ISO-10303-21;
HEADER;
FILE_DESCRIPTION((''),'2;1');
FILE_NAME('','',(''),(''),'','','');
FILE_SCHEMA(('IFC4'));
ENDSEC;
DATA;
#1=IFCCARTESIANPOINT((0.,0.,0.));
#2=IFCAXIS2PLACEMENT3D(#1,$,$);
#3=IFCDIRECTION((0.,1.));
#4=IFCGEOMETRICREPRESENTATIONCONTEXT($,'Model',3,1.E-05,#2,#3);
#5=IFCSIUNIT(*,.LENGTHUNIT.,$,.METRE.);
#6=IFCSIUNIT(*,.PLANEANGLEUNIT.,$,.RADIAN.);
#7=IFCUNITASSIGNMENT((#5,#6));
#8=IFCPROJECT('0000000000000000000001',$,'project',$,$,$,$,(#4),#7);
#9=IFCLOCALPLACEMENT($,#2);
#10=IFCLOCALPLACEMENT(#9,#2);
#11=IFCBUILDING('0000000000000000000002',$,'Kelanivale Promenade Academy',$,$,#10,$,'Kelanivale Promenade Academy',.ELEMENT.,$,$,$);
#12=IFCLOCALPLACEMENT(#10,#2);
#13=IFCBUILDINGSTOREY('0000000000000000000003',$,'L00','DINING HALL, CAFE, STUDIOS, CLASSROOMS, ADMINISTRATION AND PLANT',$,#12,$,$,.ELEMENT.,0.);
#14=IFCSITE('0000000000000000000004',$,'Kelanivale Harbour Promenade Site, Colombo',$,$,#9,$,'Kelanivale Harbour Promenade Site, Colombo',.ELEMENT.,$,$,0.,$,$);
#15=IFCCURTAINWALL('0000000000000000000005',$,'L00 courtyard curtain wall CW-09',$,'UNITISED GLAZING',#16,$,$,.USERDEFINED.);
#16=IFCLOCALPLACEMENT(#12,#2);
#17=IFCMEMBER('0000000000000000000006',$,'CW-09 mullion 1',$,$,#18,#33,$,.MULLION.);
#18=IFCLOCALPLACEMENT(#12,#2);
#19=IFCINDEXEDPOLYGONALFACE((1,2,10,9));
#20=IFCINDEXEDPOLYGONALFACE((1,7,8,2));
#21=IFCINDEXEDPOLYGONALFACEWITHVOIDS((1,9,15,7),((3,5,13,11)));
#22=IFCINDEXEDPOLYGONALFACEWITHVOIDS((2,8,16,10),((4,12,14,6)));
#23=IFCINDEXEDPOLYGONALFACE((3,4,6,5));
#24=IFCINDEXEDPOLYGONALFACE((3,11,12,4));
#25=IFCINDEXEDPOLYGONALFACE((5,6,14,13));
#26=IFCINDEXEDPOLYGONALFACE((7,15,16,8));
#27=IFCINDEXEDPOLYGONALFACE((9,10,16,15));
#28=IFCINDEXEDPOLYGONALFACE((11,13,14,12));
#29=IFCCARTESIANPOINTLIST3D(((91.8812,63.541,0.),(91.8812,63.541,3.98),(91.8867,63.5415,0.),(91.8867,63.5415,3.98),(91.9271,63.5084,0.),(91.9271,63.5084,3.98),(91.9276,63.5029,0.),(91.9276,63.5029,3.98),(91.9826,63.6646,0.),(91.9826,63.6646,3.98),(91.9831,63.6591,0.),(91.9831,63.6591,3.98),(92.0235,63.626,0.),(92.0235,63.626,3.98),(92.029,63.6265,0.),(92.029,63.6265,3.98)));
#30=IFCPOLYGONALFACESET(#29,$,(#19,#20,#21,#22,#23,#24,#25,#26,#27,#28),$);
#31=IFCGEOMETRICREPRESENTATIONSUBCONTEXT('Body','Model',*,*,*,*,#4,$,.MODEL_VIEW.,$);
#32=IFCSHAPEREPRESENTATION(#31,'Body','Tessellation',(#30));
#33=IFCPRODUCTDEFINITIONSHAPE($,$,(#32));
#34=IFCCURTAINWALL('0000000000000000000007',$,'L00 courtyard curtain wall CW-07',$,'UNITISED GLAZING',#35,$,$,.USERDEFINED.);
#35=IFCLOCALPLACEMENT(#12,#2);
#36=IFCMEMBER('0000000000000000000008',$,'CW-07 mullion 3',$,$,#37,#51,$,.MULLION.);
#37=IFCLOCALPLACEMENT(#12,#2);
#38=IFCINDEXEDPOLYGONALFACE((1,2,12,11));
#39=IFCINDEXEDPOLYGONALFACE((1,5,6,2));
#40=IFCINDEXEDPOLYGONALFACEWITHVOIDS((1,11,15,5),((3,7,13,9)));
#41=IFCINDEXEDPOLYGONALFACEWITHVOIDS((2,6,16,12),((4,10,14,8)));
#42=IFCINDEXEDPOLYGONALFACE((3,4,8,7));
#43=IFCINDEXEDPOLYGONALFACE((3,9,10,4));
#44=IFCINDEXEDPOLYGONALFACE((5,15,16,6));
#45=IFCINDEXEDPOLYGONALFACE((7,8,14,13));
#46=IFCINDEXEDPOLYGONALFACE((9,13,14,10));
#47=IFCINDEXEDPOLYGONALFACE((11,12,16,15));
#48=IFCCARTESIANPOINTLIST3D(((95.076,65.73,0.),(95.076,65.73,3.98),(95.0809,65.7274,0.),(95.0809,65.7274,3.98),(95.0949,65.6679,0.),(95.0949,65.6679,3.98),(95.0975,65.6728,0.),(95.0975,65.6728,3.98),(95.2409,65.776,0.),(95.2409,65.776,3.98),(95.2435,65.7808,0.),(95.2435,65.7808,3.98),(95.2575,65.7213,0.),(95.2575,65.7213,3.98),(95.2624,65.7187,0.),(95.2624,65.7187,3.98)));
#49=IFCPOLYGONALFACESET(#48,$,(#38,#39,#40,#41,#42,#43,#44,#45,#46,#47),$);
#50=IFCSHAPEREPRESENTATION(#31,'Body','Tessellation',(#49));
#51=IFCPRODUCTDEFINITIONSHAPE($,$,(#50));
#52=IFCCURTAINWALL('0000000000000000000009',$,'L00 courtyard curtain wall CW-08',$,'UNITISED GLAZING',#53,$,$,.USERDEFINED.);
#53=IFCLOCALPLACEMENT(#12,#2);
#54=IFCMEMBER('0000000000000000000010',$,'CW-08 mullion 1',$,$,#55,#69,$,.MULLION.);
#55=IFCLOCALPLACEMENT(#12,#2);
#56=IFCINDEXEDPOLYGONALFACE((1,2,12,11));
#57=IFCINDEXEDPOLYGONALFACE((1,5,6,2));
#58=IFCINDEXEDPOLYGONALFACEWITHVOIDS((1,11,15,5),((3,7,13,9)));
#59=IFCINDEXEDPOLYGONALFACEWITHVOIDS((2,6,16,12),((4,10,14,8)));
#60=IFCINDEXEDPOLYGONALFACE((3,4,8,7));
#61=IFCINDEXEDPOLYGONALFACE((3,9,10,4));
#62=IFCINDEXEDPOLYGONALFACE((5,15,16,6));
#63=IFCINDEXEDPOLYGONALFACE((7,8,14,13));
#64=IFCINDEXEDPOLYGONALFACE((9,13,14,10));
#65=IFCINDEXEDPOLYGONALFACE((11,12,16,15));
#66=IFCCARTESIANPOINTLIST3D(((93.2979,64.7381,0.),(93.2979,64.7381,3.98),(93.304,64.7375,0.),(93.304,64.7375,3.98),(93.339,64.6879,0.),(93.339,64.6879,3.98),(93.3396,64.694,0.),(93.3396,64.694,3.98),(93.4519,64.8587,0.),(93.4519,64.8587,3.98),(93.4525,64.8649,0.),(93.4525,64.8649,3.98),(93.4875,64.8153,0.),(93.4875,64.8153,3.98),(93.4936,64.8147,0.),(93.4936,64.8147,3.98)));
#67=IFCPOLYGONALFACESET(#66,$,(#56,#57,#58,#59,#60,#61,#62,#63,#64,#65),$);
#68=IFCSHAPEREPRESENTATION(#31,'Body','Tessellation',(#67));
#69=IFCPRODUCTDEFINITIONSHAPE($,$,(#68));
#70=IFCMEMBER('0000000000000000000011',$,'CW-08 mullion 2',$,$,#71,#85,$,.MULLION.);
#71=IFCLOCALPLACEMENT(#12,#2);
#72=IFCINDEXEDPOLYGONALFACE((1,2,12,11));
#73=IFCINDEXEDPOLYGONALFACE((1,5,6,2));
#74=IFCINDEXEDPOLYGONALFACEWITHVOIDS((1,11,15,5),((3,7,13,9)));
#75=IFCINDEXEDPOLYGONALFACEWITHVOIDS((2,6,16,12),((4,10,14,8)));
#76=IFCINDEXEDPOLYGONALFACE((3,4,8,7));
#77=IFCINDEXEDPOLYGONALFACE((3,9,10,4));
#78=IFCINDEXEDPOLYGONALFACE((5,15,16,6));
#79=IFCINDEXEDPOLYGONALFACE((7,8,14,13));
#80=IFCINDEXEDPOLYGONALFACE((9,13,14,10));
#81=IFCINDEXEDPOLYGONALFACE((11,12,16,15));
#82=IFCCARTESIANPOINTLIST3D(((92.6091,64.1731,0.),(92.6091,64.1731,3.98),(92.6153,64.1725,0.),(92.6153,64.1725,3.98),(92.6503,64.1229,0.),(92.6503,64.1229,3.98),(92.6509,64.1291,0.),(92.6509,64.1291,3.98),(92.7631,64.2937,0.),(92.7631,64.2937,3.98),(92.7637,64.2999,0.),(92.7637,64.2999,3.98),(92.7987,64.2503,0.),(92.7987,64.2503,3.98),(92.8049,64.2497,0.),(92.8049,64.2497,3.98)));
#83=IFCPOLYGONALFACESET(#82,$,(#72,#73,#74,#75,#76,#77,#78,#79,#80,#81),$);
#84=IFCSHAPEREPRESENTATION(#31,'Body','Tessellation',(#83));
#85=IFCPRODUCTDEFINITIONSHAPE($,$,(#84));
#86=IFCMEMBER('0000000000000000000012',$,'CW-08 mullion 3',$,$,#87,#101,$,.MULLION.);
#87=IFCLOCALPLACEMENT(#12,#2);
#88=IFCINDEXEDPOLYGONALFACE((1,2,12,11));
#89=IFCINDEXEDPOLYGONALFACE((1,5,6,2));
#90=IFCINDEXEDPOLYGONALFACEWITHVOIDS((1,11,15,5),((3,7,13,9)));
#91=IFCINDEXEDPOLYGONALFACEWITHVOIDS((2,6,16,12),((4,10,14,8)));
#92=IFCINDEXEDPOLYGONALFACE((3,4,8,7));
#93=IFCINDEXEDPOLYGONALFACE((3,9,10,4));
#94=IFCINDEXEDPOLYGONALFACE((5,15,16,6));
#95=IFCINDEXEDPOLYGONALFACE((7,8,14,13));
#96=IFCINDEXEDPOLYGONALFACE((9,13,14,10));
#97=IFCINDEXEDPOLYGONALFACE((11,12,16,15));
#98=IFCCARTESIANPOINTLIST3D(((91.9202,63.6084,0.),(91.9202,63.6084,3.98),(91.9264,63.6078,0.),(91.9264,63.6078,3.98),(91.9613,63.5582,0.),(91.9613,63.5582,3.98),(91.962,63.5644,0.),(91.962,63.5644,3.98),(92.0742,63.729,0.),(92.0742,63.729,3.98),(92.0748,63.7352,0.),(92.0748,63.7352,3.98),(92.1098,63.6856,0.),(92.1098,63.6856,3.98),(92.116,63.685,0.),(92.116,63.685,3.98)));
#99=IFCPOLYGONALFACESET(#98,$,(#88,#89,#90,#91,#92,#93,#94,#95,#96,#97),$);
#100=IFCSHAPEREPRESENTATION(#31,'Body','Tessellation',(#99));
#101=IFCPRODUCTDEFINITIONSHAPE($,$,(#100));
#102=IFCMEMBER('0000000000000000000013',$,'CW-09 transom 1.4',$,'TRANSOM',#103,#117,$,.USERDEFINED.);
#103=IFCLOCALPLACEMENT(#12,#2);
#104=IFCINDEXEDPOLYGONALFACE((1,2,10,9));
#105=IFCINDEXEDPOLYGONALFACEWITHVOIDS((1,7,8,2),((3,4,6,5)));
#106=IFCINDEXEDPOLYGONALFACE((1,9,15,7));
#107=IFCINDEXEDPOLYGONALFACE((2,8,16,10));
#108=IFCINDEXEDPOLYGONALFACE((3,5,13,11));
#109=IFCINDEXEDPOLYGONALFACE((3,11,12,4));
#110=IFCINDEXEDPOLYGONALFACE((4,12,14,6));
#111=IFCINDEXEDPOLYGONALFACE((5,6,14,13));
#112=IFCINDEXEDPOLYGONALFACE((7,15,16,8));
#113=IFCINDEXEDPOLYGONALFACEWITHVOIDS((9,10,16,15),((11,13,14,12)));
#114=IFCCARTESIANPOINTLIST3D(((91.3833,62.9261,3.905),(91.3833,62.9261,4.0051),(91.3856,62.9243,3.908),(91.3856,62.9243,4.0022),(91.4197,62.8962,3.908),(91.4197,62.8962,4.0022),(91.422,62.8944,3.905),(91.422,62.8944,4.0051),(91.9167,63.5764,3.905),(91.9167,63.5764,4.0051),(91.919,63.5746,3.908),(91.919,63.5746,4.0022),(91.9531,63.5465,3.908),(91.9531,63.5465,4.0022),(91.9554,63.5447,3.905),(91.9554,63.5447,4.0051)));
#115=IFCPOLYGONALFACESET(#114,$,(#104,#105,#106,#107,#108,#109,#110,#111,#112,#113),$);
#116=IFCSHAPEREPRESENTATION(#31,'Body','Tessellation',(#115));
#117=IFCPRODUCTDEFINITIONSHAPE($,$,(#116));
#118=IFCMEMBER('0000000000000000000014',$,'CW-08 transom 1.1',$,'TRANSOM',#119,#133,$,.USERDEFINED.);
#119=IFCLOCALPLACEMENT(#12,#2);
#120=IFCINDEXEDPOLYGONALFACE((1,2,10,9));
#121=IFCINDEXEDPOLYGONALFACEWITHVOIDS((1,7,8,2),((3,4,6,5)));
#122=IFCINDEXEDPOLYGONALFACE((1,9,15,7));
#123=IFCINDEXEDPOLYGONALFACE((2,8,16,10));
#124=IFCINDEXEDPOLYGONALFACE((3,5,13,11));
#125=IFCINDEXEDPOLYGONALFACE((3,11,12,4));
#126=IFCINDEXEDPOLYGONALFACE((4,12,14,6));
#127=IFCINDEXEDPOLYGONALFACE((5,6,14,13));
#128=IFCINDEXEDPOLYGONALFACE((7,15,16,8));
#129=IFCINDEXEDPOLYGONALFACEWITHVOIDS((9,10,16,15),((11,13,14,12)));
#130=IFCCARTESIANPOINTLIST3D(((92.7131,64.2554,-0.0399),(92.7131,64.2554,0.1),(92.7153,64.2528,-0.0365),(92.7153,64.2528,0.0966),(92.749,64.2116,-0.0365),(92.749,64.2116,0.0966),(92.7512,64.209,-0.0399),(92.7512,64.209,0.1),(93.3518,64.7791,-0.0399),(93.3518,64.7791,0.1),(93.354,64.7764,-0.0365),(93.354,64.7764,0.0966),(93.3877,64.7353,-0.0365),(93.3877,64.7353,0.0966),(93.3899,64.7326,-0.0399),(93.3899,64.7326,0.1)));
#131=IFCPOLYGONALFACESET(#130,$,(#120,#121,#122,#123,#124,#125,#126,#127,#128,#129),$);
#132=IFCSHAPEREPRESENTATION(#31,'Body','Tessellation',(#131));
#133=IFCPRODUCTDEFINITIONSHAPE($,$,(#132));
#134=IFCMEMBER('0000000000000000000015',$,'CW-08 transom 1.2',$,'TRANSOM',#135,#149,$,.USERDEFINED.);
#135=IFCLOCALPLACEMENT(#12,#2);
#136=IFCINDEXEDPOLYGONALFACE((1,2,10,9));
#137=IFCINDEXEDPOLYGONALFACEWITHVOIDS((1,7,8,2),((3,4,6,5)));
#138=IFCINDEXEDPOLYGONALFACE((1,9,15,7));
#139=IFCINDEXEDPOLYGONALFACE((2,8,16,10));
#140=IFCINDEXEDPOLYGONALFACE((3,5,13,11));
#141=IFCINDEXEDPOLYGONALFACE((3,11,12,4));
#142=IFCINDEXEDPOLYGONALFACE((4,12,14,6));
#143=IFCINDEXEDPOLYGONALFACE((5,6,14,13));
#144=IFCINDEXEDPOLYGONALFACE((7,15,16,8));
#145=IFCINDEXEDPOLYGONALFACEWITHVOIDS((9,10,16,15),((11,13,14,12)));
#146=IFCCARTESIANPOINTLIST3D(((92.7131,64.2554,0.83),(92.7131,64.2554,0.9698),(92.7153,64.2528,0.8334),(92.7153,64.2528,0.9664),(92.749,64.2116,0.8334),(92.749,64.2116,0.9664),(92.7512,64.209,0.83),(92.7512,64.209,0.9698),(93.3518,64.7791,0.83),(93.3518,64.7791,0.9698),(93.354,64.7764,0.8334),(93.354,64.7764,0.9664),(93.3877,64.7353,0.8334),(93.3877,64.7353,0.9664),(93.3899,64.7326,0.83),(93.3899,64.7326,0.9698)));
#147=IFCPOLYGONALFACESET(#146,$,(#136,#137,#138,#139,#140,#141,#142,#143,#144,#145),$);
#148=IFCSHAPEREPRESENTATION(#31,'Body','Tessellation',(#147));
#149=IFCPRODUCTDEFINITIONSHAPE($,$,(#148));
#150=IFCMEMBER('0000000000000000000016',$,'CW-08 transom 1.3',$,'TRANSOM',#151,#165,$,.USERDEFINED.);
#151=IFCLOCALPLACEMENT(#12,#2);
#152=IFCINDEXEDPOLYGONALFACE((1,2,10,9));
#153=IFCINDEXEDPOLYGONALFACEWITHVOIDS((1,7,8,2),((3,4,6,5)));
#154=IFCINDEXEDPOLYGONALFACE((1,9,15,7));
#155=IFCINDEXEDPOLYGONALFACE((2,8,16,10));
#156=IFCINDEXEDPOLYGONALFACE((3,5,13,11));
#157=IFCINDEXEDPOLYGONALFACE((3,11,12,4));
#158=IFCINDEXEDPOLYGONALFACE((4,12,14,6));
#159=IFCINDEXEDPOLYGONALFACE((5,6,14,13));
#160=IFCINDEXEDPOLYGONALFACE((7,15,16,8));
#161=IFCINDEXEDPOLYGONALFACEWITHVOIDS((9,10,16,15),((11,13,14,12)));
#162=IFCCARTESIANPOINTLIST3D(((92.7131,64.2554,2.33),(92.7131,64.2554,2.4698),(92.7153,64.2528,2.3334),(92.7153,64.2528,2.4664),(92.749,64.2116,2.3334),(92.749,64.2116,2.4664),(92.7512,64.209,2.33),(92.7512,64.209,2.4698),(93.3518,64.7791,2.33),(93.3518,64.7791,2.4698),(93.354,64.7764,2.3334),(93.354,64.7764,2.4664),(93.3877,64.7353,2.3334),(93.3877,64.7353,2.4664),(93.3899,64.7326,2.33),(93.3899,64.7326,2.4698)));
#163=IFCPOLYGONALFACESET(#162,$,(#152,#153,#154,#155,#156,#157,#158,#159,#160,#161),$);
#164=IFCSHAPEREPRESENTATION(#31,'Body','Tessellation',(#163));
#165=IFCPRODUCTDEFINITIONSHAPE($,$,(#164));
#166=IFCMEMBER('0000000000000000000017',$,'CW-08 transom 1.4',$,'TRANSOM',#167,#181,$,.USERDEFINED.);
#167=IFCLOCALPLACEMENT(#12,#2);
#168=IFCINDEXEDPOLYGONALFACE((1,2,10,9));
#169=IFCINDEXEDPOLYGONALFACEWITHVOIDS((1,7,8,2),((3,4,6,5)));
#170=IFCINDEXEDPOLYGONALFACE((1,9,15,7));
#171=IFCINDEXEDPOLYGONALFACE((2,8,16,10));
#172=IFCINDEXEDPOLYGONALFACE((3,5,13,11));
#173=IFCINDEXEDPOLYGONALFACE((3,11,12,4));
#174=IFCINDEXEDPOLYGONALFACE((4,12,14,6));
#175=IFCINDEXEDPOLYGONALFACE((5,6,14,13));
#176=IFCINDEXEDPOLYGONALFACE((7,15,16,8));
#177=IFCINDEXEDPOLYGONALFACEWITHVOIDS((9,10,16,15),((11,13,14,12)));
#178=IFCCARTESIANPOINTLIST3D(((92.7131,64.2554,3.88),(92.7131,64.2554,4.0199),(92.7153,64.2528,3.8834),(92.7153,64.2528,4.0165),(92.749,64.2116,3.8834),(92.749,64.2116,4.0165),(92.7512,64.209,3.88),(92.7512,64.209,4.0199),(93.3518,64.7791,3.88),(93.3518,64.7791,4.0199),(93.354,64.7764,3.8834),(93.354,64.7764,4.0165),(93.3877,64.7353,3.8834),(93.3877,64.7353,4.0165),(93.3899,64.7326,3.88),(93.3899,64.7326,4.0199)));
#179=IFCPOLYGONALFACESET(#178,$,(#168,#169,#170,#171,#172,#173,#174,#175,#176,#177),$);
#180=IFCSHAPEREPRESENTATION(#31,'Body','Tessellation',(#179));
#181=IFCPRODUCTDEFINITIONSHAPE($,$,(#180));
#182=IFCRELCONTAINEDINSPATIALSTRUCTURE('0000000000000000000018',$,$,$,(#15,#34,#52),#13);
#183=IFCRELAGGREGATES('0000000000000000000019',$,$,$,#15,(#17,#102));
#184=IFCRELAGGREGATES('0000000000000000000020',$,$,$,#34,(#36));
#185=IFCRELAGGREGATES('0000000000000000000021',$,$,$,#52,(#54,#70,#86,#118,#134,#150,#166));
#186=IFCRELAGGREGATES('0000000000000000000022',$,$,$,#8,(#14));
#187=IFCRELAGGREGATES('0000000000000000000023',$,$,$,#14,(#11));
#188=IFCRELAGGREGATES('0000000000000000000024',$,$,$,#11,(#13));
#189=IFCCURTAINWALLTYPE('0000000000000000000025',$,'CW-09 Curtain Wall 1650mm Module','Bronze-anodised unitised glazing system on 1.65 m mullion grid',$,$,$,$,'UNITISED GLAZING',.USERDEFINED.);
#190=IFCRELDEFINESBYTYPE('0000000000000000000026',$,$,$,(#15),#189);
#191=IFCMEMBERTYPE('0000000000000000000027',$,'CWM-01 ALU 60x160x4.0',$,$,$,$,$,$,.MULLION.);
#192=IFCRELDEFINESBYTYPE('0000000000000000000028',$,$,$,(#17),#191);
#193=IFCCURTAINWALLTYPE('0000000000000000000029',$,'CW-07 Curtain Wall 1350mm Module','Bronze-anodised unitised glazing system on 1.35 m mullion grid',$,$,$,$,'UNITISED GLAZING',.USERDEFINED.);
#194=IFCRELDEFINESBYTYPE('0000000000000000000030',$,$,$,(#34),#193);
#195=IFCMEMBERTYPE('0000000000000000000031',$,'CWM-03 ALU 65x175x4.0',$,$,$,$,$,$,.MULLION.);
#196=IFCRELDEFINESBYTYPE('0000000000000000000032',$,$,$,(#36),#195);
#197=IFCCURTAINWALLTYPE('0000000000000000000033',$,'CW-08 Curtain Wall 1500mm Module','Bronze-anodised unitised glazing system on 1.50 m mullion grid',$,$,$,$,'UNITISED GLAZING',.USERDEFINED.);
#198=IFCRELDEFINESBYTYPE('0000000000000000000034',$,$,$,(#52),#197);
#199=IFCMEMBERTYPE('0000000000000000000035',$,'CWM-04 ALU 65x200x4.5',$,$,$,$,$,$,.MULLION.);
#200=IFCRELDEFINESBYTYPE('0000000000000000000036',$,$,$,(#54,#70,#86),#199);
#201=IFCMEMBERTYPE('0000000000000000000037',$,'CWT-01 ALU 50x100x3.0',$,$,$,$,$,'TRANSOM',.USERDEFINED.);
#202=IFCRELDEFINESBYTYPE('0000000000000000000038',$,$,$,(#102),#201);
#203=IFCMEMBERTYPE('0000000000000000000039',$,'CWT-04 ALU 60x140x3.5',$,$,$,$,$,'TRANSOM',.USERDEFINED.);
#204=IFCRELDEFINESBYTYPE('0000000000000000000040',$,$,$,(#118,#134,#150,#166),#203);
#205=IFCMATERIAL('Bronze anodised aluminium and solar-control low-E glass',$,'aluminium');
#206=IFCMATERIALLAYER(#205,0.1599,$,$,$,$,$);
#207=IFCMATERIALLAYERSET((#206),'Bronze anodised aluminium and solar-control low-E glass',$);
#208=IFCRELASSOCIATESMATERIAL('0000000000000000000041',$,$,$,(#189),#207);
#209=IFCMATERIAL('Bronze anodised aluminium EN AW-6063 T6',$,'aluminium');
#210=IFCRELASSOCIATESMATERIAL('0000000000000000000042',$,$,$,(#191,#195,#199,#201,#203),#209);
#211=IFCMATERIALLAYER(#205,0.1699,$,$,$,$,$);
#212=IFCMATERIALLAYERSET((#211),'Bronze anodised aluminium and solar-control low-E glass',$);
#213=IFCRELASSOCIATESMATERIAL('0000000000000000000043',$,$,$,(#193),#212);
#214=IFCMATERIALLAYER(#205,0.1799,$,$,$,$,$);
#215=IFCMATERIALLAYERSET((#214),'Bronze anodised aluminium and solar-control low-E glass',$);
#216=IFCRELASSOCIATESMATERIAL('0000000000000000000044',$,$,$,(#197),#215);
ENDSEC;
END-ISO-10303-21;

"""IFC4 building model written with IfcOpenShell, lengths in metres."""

from ifc_helpers import new_model, si_unit, direction, frame, origin, origin_2d, place, context, subcontext, project, spatial, hollow_rectangle, extrude, material, layer, layer_set, material_profile, profile_set, type_object, element, aggregate, save


model = new_model("IFC4")

# Units and contexts
model_context = context("Model", 3, precision=1e-05, world=origin(), true_north=direction((0.0, 1.0)))
body_context = subcontext(model_context, "Body", "Model", "MODEL_VIEW")
ifc_project = project(units=[si_unit("LENGTHUNIT", "METRE"), si_unit("PLANEANGLEUNIT", "RADIAN")], contexts=[model_context])

# Site, building, storey
site_placement = place(None, origin())
site = spatial("IfcSite", under=ifc_project, at=site_placement, Name="Kelanivale Harbour Promenade Site, Colombo", LongName="Kelanivale Harbour Promenade Site, Colombo", CompositionType="ELEMENT", RefElevation=0.0)
building_placement = place(site_placement, origin())
building = spatial("IfcBuilding", under=site, at=building_placement, Name="Kelanivale Promenade Academy", LongName="Kelanivale Promenade Academy", CompositionType="ELEMENT")
storey_placement = place(building_placement, origin())
storey = spatial("IfcBuildingStorey", under=building, at=storey_placement, Name="L00", Description="DINING HALL, CAFE, STUDIOS, CLASSROOMS, ADMINISTRATION AND PLANT", CompositionType="ELEMENT", Elevation=0.0)

# Curtain walls, members
ifc_material_1 = material(Name="Bronze anodised aluminium and solar-control low-E glass", Category="aluminium")
ifc_layer_1 = layer(ifc_material_1, 0.1599)
ifc_layer_set_1 = layer_set([ifc_layer_1], Name="Bronze anodised aluminium and solar-control low-E glass")
curtain_wall_type_1 = type_object("IfcCurtainWallType", Name="CW-09 Curtain Wall 1650mm Module", Description="Bronze-anodised unitised glazing system on 1.65 m mullion grid", ElementType="UNITISED GLAZING", PredefinedType="USERDEFINED", material=ifc_layer_set_1)
curtain_wall_1_placement = place(storey_placement, origin())
curtain_wall_1 = element("IfcCurtainWall", 1, at=curtain_wall_1_placement, inside=storey, type_object=curtain_wall_type_1, Name="L00 courtyard curtain wall CW-09", ObjectType="UNITISED GLAZING", PredefinedType="USERDEFINED")
ifc_material_2 = material(Name="Bronze anodised aluminium EN AW-6063 T6", Category="aluminium")
ifc_material_profile_1 = material_profile(ifc_material_2, hollow_rectangle(XDim=0.0601, YDim=0.1599, WallThickness=0.0039, at=origin_2d()), Name="ALU 60x160x4.0")
ifc_profile_set_1 = profile_set([ifc_material_profile_1], Name="Bronze anodised aluminium EN AW-6063 T6")
member_type_1 = type_object("IfcMemberType", Name="CWM-01 ALU 60x160x4.0", PredefinedType="MULLION", material=ifc_profile_set_1)
member_1_placement = place(storey_placement, frame((91.9551, 63.5837, 0.0), z_axis=(0.0, 0.0, 1.0), x_axis=(0.773215, -0.634144, 0.0)))
member_1 = element("IfcMember", 2, at=member_1_placement, type_object=member_type_1, Name="CW-09 mullion 1", PredefinedType="MULLION", context=body_context, shape_type="SweptSolid", body=[
    extrude(hollow_rectangle(XDim=0.0601, YDim=0.1599, WallThickness=0.0039, at=origin_2d()), origin(), (0.0, 0.0, 1.0), 3.98),
])
ifc_layer_2 = layer(ifc_material_1, 0.1699)
ifc_layer_set_2 = layer_set([ifc_layer_2], Name="Bronze anodised aluminium and solar-control low-E glass")
curtain_wall_type_2 = type_object("IfcCurtainWallType", Name="CW-07 Curtain Wall 1350mm Module", Description="Bronze-anodised unitised glazing system on 1.35 m mullion grid", ElementType="UNITISED GLAZING", PredefinedType="USERDEFINED", material=ifc_layer_set_2)
curtain_wall_2_placement = place(storey_placement, origin())
curtain_wall_2 = element("IfcCurtainWall", 3, at=curtain_wall_2_placement, inside=storey, type_object=curtain_wall_type_2, Name="L00 courtyard curtain wall CW-07", ObjectType="UNITISED GLAZING", PredefinedType="USERDEFINED")
ifc_material_profile_2 = material_profile(ifc_material_2, hollow_rectangle(XDim=0.0649, YDim=0.175, WallThickness=0.0039, at=origin_2d()), Name="ALU 65x175x4.0")
ifc_profile_set_2 = profile_set([ifc_material_profile_2], Name="Bronze anodised aluminium EN AW-6063 T6")
member_type_2 = type_object("IfcMemberType", Name="CWM-03 ALU 65x175x4.0", PredefinedType="MULLION", material=ifc_profile_set_2)
member_2_placement = place(storey_placement, frame((95.1692, 65.7244, 0.0), z_axis=(0.0, 0.0, 1.0), x_axis=(0.290128, -0.956988, 0.0)))
member_2 = element("IfcMember", 4, at=member_2_placement, type_object=member_type_2, Name="CW-07 mullion 3", PredefinedType="MULLION", context=body_context, shape_type="SweptSolid", body=[
    extrude(hollow_rectangle(XDim=0.0649, YDim=0.175, WallThickness=0.0039, at=origin_2d()), origin(), (0.0, 0.0, 1.0), 3.98),
])

# Curtain wall, members
ifc_layer_3 = layer(ifc_material_1, 0.1799)
ifc_layer_set_3 = layer_set([ifc_layer_3], Name="Bronze anodised aluminium and solar-control low-E glass")
curtain_wall_type_3 = type_object("IfcCurtainWallType", Name="CW-08 Curtain Wall 1500mm Module", Description="Bronze-anodised unitised glazing system on 1.50 m mullion grid", ElementType="UNITISED GLAZING", PredefinedType="USERDEFINED", material=ifc_layer_set_3)
curtain_wall_3_placement = place(storey_placement, origin())
curtain_wall_3 = element("IfcCurtainWall", 5, at=curtain_wall_3_placement, inside=storey, type_object=curtain_wall_type_3, Name="L00 courtyard curtain wall CW-08", ObjectType="UNITISED GLAZING", PredefinedType="USERDEFINED")
ifc_material_profile_3 = material_profile(ifc_material_2, hollow_rectangle(XDim=0.0649, YDim=0.2, WallThickness=0.0044, at=origin_2d()), Name="ALU 65x200x4.5")
ifc_profile_set_3 = profile_set([ifc_material_profile_3], Name="Bronze anodised aluminium EN AW-6063 T6")
member_type_3 = type_object("IfcMemberType", Name="CWM-04 ALU 65x200x4.5", PredefinedType="MULLION", material=ifc_profile_set_3)
member_3_placement = place(storey_placement, frame((93.3958, 64.7764, 0.0), z_axis=(0.0, 0.0, 1.0), x_axis=(0.634093, -0.773257, 0.0)))
member_3 = element("IfcMember", 6, at=member_3_placement, type_object=member_type_3, Name="CW-08 mullion 1", PredefinedType="MULLION", context=body_context, shape_type="SweptSolid", body=[
    extrude(hollow_rectangle(XDim=0.0649, YDim=0.2, WallThickness=0.0044, at=origin_2d()), origin(), (0.0, 0.0, 1.0), 3.98),
])
member_4_placement = place(storey_placement, frame((92.707, 64.2114, 0.0), z_axis=(0.0, 0.0, 1.0), x_axis=(0.634093, -0.773257, 0.0)))
member_4 = element("IfcMember", 7, at=member_4_placement, type_object=member_type_3, Name="CW-08 mullion 2", PredefinedType="MULLION", context=body_context, shape_type="SweptSolid", body=[
    extrude(hollow_rectangle(XDim=0.0649, YDim=0.2, WallThickness=0.0044, at=origin_2d()), origin(), (0.0, 0.0, 1.0), 3.98),
])
member_5_placement = place(storey_placement, frame((92.0181, 63.6467, 0.0), z_axis=(0.0, 0.0, 1.0), x_axis=(0.634093, -0.773257, 0.0)))
member_5 = element("IfcMember", 8, at=member_5_placement, type_object=member_type_3, Name="CW-08 mullion 3", PredefinedType="MULLION", context=body_context, shape_type="SweptSolid", body=[
    extrude(hollow_rectangle(XDim=0.0649, YDim=0.2, WallThickness=0.0044, at=origin_2d()), origin(), (0.0, 0.0, 1.0), 3.98),
])

# Members
ifc_material_profile_4 = material_profile(ifc_material_2, hollow_rectangle(XDim=0.05, YDim=0.1001, WallThickness=0.0029, at=origin_2d()), Name="ALU 50x100x3.0")
ifc_profile_set_4 = profile_set([ifc_material_profile_4], Name="Bronze anodised aluminium EN AW-6063 T6")
member_type_4 = type_object("IfcMemberType", Name="CWT-01 ALU 50x100x3.0", ElementType="TRANSOM", PredefinedType="USERDEFINED", material=ifc_profile_set_4)
member_6_placement = place(storey_placement, frame((91.936, 63.5605, 3.9551), z_axis=(-0.63417, -0.773194, 0.0), x_axis=(0.773194, -0.63417, 0.0)))
member_6 = element("IfcMember", 9, at=member_6_placement, type_object=member_type_4, Name="CW-09 transom 1.4", ObjectType="TRANSOM", PredefinedType="USERDEFINED", context=body_context, shape_type="SweptSolid", body=[
    extrude(hollow_rectangle(XDim=0.05, YDim=0.1001, WallThickness=0.0029, at=origin_2d()), origin(), (0.0, 0.0, 1.0), 0.8411),
])
aggregate(curtain_wall_1, [member_1, member_6])
ifc_material_profile_5 = material_profile(ifc_material_2, hollow_rectangle(XDim=0.0601, YDim=0.1399, WallThickness=0.0034, at=origin_2d()), Name="ALU 60x140x3.5")
ifc_profile_set_5 = profile_set([ifc_material_profile_5], Name="Bronze anodised aluminium EN AW-6063 T6")
member_type_5 = type_object("IfcMemberType", Name="CWT-04 ALU 60x140x3.5", ElementType="TRANSOM", PredefinedType="USERDEFINED", material=ifc_profile_set_5)
member_7_placement = place(storey_placement, frame((93.3708, 64.7559, 0.03), z_axis=(-0.773285, -0.634058, 0.0), x_axis=(0.634058, -0.773285, 0.0)))
member_7 = element("IfcMember", 10, at=member_7_placement, type_object=member_type_5, Name="CW-08 transom 1.1", ObjectType="TRANSOM", PredefinedType="USERDEFINED", context=body_context, shape_type="SweptSolid", body=[
    extrude(hollow_rectangle(XDim=0.0601, YDim=0.1399, WallThickness=0.0034, at=origin_2d()), origin(), (0.0, 0.0, 1.0), 0.8259),
])
member_8_placement = place(storey_placement, frame((93.3708, 64.7559, 0.8999), z_axis=(-0.773285, -0.634058, 0.0), x_axis=(0.634058, -0.773285, 0.0)))
member_8 = element("IfcMember", 11, at=member_8_placement, type_object=member_type_5, Name="CW-08 transom 1.2", ObjectType="TRANSOM", PredefinedType="USERDEFINED", context=body_context, shape_type="SweptSolid", body=[
    extrude(hollow_rectangle(XDim=0.0601, YDim=0.1399, WallThickness=0.0034, at=origin_2d()), origin(), (0.0, 0.0, 1.0), 0.8259),
])
member_9_placement = place(storey_placement, frame((93.3708, 64.7559, 2.3999), z_axis=(-0.773285, -0.634058, 0.0), x_axis=(0.634058, -0.773285, 0.0)))
member_9 = element("IfcMember", 12, at=member_9_placement, type_object=member_type_5, Name="CW-08 transom 1.3", ObjectType="TRANSOM", PredefinedType="USERDEFINED", context=body_context, shape_type="SweptSolid", body=[
    extrude(hollow_rectangle(XDim=0.0601, YDim=0.1399, WallThickness=0.0034, at=origin_2d()), origin(), (0.0, 0.0, 1.0), 0.8259),
])
member_10_placement = place(storey_placement, frame((93.3708, 64.7559, 3.95), z_axis=(-0.773285, -0.634058, 0.0), x_axis=(0.634058, -0.773285, 0.0)))
member_10 = element("IfcMember", 13, at=member_10_placement, type_object=member_type_5, Name="CW-08 transom 1.4", ObjectType="TRANSOM", PredefinedType="USERDEFINED", context=body_context, shape_type="SweptSolid", body=[
    extrude(hollow_rectangle(XDim=0.0601, YDim=0.1399, WallThickness=0.0034, at=origin_2d()), origin(), (0.0, 0.0, 1.0), 0.8259),
])

aggregate(curtain_wall_2, [member_2])
aggregate(curtain_wall_3, [member_3, member_4, member_5, member_7, member_8, member_9, member_10])

save(model, "model.ifc")
